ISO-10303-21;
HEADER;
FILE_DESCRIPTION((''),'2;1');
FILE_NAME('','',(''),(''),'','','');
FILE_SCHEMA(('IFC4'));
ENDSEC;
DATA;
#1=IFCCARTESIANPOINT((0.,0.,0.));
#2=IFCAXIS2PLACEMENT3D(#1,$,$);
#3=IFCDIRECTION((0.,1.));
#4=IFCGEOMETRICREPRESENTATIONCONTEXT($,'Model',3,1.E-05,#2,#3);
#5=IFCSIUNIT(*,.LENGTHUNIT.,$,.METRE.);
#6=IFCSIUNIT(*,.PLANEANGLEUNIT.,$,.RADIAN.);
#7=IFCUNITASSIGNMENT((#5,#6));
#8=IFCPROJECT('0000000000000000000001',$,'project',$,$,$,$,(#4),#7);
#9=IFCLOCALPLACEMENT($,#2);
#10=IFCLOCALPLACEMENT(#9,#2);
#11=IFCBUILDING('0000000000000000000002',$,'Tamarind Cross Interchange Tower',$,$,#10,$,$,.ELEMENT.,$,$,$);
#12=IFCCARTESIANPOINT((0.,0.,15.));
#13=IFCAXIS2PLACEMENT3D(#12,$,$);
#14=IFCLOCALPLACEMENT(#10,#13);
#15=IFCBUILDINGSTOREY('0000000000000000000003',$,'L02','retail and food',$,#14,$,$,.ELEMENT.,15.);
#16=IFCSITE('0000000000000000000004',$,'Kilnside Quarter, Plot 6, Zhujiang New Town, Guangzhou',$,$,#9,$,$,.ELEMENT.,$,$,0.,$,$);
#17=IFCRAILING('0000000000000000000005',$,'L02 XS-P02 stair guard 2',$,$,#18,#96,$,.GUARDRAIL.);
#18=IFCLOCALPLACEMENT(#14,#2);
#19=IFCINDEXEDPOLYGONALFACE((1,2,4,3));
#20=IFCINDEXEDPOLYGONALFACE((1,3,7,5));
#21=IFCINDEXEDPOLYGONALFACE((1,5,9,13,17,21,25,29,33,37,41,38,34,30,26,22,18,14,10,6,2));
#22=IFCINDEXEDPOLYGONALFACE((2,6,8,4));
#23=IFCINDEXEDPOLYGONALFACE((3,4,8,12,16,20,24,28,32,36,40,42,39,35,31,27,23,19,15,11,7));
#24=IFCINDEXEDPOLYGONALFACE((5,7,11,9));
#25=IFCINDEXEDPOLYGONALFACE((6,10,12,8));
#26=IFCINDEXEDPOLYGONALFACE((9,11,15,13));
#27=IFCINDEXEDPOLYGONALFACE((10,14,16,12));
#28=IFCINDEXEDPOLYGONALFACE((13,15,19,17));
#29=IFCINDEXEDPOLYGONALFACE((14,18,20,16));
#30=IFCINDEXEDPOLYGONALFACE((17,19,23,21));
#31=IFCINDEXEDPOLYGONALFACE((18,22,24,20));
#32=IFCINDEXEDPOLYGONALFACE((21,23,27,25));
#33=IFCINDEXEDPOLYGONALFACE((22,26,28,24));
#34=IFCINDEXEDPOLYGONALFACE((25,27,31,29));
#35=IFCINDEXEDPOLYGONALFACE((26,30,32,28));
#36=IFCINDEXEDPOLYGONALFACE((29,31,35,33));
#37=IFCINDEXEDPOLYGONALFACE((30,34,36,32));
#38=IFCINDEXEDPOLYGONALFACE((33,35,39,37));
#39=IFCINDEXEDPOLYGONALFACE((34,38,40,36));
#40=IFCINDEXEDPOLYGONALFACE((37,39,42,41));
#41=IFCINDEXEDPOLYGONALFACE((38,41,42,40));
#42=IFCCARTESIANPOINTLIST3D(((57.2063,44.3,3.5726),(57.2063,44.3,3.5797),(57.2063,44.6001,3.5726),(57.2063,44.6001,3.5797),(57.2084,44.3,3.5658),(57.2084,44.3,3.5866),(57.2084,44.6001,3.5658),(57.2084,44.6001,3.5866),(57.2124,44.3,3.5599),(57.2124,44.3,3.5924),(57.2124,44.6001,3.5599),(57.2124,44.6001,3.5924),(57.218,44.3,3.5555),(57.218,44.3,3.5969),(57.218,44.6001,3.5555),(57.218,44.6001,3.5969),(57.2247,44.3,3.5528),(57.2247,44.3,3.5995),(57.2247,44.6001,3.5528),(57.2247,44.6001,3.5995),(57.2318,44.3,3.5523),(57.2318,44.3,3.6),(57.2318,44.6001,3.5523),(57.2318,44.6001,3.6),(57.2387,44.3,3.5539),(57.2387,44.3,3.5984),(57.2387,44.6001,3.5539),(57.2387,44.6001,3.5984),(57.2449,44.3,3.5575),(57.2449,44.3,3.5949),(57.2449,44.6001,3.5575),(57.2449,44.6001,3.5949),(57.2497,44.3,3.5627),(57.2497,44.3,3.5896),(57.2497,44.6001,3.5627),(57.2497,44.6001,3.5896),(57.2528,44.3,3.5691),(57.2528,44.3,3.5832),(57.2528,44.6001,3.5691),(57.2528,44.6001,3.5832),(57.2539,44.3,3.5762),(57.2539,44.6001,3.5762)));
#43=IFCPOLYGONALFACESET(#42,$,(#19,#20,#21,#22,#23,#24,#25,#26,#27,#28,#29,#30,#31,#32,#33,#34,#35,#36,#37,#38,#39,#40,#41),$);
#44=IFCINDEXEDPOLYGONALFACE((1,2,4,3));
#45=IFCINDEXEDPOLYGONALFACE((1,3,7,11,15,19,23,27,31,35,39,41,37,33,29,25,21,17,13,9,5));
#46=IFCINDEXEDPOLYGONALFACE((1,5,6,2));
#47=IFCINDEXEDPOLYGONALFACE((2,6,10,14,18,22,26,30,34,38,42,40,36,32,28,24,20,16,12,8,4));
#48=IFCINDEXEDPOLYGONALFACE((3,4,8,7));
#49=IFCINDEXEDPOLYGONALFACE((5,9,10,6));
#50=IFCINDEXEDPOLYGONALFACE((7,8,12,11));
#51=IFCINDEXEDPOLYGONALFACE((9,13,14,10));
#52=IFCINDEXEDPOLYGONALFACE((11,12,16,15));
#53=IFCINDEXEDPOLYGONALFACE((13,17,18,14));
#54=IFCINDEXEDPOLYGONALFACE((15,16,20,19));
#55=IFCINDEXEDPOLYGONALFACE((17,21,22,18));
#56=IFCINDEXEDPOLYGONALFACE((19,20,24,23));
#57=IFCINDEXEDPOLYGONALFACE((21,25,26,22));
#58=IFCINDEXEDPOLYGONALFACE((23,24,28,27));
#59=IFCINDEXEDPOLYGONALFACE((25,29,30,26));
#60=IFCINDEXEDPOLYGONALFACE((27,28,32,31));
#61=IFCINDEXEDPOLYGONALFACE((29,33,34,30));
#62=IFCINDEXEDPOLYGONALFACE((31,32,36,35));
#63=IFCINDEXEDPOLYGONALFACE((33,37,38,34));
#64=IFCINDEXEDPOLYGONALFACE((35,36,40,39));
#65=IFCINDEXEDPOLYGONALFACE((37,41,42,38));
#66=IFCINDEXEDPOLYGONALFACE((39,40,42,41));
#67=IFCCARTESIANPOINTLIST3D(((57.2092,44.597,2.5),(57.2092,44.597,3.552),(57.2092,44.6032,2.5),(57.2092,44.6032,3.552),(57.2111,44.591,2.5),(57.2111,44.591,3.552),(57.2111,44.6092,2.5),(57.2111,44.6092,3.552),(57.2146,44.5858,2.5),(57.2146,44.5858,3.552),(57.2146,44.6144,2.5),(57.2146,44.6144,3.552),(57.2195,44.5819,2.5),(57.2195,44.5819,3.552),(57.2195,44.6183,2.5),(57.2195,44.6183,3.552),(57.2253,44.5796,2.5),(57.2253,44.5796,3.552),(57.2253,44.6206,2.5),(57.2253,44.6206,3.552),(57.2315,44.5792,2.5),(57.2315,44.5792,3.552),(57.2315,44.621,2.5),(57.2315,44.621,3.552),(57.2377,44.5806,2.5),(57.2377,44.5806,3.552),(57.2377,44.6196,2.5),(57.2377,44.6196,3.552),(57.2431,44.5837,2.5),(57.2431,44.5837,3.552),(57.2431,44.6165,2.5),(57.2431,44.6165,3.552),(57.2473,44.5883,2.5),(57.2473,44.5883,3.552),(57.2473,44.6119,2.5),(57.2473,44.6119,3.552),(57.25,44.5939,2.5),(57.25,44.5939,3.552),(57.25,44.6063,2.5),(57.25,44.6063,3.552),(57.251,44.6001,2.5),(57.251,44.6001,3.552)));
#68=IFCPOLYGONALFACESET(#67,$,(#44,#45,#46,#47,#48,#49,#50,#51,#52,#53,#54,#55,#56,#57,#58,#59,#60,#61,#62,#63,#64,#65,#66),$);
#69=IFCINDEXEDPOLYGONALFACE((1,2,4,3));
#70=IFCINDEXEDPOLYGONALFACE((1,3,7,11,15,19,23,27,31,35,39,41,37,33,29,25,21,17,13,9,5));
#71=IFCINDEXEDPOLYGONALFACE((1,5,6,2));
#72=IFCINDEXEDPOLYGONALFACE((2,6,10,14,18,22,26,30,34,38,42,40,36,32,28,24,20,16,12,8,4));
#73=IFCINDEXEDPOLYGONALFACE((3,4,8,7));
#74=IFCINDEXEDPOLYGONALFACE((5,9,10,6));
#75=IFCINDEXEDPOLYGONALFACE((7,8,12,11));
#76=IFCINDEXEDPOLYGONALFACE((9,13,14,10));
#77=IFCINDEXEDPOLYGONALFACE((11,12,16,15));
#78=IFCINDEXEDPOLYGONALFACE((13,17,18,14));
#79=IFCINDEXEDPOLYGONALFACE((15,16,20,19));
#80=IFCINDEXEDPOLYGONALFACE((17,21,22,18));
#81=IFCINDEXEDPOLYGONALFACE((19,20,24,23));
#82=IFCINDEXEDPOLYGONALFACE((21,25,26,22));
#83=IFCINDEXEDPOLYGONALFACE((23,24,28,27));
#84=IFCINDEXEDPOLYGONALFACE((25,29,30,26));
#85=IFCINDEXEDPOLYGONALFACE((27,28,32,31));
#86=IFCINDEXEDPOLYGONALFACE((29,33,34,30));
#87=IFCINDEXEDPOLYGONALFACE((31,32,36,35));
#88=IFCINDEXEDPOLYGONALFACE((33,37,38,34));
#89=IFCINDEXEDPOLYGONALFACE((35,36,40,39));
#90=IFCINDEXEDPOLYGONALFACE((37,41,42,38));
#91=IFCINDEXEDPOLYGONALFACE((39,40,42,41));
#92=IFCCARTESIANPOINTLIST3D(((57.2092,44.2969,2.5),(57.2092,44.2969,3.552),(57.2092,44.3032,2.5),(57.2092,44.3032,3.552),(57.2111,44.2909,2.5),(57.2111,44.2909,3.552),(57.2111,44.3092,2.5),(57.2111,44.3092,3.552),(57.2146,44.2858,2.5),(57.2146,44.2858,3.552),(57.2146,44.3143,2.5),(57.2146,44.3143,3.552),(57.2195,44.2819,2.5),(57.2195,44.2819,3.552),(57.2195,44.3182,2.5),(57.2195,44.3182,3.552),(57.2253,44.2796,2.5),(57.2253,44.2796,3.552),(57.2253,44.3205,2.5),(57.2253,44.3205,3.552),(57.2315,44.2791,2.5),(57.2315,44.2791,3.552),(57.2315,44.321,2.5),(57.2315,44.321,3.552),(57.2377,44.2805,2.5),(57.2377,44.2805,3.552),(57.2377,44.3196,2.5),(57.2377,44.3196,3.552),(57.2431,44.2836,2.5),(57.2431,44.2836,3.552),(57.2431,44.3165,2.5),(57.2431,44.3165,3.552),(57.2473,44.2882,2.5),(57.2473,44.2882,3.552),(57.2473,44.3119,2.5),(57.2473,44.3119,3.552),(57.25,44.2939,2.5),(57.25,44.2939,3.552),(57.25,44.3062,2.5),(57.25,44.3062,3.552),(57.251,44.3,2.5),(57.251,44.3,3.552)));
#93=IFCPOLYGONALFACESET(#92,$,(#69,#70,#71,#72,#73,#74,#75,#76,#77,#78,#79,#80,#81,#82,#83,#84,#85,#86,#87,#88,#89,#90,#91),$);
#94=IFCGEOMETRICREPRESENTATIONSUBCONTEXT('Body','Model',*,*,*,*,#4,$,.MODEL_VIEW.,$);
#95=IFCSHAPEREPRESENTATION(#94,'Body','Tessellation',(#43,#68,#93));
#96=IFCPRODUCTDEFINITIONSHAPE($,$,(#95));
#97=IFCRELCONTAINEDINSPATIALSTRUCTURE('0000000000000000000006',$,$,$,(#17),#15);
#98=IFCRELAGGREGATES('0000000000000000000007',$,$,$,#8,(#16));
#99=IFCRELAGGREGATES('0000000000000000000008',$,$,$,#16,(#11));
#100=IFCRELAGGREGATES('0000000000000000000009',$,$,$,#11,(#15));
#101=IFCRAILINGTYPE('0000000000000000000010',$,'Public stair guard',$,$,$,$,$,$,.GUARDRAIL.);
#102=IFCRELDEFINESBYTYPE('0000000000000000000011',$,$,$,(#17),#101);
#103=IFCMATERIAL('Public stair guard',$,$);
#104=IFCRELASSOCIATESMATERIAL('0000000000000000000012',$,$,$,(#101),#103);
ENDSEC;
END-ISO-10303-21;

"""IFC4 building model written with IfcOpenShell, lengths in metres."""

from ifc_helpers import new_model, si_unit, direction, frame, origin, origin_2d, place, context, subcontext, project, spatial, circle, extrude, material, type_object, element, save


model = new_model("IFC4")

# Units and contexts
model_context = context("Model", 3, precision=1e-05, world=origin(), true_north=direction((0.0, 1.0)))
body_context = subcontext(model_context, "Body", "Model", "MODEL_VIEW")
ifc_project = project(units=[si_unit("LENGTHUNIT", "METRE"), si_unit("PLANEANGLEUNIT", "RADIAN")], contexts=[model_context])

# Site, building, storey
site_placement = place(None, origin())
site = spatial("IfcSite", under=ifc_project, at=site_placement, Name="Kilnside Quarter, Plot 6, Zhujiang New Town, Guangzhou", CompositionType="ELEMENT", RefElevation=0.0)
building_placement = place(site_placement, origin())
building = spatial("IfcBuilding", under=site, at=building_placement, Name="Tamarind Cross Interchange Tower", CompositionType="ELEMENT")
storey_placement = place(building_placement, frame((0.0, 0.0, 15.0)))
storey = spatial("IfcBuildingStorey", under=building, at=storey_placement, Name="L02", Description="retail and food", CompositionType="ELEMENT", Elevation=15.0)

# Railing
ifc_material_1 = material(Name="Public stair guard")
railing_type_1 = type_object("IfcRailingType", Name="Public stair guard", PredefinedType="GUARDRAIL", material=ifc_material_1)
railing_1_placement = place(storey_placement, frame((57.23, 44.6001, 2.5)))
element("IfcRailing", 1, at=railing_1_placement, inside=storey, type_object=railing_type_1, Name="L02 XS-P02 stair guard 2", PredefinedType="GUARDRAIL", context=body_context, shape_type="SweptSolid", body=[
    extrude(circle(Radius=0.0239, at=origin_2d()), frame((0.0, 0.0, 1.0762), z_axis=(0.0, -1.0, 0.0), x_axis=(1.0, 0.0, 0.0)), (0.0, 0.0, 1.0), 0.3),
    extrude(circle(Radius=0.021, at=origin_2d()), origin(), (0.0, 0.0, 1.0), 1.052),
    extrude(circle(Radius=0.021, at=origin_2d()), frame((0.0, -0.3, 0.0)), (0.0, 0.0, 1.0), 1.052),
])

save(model, "model.ifc")
